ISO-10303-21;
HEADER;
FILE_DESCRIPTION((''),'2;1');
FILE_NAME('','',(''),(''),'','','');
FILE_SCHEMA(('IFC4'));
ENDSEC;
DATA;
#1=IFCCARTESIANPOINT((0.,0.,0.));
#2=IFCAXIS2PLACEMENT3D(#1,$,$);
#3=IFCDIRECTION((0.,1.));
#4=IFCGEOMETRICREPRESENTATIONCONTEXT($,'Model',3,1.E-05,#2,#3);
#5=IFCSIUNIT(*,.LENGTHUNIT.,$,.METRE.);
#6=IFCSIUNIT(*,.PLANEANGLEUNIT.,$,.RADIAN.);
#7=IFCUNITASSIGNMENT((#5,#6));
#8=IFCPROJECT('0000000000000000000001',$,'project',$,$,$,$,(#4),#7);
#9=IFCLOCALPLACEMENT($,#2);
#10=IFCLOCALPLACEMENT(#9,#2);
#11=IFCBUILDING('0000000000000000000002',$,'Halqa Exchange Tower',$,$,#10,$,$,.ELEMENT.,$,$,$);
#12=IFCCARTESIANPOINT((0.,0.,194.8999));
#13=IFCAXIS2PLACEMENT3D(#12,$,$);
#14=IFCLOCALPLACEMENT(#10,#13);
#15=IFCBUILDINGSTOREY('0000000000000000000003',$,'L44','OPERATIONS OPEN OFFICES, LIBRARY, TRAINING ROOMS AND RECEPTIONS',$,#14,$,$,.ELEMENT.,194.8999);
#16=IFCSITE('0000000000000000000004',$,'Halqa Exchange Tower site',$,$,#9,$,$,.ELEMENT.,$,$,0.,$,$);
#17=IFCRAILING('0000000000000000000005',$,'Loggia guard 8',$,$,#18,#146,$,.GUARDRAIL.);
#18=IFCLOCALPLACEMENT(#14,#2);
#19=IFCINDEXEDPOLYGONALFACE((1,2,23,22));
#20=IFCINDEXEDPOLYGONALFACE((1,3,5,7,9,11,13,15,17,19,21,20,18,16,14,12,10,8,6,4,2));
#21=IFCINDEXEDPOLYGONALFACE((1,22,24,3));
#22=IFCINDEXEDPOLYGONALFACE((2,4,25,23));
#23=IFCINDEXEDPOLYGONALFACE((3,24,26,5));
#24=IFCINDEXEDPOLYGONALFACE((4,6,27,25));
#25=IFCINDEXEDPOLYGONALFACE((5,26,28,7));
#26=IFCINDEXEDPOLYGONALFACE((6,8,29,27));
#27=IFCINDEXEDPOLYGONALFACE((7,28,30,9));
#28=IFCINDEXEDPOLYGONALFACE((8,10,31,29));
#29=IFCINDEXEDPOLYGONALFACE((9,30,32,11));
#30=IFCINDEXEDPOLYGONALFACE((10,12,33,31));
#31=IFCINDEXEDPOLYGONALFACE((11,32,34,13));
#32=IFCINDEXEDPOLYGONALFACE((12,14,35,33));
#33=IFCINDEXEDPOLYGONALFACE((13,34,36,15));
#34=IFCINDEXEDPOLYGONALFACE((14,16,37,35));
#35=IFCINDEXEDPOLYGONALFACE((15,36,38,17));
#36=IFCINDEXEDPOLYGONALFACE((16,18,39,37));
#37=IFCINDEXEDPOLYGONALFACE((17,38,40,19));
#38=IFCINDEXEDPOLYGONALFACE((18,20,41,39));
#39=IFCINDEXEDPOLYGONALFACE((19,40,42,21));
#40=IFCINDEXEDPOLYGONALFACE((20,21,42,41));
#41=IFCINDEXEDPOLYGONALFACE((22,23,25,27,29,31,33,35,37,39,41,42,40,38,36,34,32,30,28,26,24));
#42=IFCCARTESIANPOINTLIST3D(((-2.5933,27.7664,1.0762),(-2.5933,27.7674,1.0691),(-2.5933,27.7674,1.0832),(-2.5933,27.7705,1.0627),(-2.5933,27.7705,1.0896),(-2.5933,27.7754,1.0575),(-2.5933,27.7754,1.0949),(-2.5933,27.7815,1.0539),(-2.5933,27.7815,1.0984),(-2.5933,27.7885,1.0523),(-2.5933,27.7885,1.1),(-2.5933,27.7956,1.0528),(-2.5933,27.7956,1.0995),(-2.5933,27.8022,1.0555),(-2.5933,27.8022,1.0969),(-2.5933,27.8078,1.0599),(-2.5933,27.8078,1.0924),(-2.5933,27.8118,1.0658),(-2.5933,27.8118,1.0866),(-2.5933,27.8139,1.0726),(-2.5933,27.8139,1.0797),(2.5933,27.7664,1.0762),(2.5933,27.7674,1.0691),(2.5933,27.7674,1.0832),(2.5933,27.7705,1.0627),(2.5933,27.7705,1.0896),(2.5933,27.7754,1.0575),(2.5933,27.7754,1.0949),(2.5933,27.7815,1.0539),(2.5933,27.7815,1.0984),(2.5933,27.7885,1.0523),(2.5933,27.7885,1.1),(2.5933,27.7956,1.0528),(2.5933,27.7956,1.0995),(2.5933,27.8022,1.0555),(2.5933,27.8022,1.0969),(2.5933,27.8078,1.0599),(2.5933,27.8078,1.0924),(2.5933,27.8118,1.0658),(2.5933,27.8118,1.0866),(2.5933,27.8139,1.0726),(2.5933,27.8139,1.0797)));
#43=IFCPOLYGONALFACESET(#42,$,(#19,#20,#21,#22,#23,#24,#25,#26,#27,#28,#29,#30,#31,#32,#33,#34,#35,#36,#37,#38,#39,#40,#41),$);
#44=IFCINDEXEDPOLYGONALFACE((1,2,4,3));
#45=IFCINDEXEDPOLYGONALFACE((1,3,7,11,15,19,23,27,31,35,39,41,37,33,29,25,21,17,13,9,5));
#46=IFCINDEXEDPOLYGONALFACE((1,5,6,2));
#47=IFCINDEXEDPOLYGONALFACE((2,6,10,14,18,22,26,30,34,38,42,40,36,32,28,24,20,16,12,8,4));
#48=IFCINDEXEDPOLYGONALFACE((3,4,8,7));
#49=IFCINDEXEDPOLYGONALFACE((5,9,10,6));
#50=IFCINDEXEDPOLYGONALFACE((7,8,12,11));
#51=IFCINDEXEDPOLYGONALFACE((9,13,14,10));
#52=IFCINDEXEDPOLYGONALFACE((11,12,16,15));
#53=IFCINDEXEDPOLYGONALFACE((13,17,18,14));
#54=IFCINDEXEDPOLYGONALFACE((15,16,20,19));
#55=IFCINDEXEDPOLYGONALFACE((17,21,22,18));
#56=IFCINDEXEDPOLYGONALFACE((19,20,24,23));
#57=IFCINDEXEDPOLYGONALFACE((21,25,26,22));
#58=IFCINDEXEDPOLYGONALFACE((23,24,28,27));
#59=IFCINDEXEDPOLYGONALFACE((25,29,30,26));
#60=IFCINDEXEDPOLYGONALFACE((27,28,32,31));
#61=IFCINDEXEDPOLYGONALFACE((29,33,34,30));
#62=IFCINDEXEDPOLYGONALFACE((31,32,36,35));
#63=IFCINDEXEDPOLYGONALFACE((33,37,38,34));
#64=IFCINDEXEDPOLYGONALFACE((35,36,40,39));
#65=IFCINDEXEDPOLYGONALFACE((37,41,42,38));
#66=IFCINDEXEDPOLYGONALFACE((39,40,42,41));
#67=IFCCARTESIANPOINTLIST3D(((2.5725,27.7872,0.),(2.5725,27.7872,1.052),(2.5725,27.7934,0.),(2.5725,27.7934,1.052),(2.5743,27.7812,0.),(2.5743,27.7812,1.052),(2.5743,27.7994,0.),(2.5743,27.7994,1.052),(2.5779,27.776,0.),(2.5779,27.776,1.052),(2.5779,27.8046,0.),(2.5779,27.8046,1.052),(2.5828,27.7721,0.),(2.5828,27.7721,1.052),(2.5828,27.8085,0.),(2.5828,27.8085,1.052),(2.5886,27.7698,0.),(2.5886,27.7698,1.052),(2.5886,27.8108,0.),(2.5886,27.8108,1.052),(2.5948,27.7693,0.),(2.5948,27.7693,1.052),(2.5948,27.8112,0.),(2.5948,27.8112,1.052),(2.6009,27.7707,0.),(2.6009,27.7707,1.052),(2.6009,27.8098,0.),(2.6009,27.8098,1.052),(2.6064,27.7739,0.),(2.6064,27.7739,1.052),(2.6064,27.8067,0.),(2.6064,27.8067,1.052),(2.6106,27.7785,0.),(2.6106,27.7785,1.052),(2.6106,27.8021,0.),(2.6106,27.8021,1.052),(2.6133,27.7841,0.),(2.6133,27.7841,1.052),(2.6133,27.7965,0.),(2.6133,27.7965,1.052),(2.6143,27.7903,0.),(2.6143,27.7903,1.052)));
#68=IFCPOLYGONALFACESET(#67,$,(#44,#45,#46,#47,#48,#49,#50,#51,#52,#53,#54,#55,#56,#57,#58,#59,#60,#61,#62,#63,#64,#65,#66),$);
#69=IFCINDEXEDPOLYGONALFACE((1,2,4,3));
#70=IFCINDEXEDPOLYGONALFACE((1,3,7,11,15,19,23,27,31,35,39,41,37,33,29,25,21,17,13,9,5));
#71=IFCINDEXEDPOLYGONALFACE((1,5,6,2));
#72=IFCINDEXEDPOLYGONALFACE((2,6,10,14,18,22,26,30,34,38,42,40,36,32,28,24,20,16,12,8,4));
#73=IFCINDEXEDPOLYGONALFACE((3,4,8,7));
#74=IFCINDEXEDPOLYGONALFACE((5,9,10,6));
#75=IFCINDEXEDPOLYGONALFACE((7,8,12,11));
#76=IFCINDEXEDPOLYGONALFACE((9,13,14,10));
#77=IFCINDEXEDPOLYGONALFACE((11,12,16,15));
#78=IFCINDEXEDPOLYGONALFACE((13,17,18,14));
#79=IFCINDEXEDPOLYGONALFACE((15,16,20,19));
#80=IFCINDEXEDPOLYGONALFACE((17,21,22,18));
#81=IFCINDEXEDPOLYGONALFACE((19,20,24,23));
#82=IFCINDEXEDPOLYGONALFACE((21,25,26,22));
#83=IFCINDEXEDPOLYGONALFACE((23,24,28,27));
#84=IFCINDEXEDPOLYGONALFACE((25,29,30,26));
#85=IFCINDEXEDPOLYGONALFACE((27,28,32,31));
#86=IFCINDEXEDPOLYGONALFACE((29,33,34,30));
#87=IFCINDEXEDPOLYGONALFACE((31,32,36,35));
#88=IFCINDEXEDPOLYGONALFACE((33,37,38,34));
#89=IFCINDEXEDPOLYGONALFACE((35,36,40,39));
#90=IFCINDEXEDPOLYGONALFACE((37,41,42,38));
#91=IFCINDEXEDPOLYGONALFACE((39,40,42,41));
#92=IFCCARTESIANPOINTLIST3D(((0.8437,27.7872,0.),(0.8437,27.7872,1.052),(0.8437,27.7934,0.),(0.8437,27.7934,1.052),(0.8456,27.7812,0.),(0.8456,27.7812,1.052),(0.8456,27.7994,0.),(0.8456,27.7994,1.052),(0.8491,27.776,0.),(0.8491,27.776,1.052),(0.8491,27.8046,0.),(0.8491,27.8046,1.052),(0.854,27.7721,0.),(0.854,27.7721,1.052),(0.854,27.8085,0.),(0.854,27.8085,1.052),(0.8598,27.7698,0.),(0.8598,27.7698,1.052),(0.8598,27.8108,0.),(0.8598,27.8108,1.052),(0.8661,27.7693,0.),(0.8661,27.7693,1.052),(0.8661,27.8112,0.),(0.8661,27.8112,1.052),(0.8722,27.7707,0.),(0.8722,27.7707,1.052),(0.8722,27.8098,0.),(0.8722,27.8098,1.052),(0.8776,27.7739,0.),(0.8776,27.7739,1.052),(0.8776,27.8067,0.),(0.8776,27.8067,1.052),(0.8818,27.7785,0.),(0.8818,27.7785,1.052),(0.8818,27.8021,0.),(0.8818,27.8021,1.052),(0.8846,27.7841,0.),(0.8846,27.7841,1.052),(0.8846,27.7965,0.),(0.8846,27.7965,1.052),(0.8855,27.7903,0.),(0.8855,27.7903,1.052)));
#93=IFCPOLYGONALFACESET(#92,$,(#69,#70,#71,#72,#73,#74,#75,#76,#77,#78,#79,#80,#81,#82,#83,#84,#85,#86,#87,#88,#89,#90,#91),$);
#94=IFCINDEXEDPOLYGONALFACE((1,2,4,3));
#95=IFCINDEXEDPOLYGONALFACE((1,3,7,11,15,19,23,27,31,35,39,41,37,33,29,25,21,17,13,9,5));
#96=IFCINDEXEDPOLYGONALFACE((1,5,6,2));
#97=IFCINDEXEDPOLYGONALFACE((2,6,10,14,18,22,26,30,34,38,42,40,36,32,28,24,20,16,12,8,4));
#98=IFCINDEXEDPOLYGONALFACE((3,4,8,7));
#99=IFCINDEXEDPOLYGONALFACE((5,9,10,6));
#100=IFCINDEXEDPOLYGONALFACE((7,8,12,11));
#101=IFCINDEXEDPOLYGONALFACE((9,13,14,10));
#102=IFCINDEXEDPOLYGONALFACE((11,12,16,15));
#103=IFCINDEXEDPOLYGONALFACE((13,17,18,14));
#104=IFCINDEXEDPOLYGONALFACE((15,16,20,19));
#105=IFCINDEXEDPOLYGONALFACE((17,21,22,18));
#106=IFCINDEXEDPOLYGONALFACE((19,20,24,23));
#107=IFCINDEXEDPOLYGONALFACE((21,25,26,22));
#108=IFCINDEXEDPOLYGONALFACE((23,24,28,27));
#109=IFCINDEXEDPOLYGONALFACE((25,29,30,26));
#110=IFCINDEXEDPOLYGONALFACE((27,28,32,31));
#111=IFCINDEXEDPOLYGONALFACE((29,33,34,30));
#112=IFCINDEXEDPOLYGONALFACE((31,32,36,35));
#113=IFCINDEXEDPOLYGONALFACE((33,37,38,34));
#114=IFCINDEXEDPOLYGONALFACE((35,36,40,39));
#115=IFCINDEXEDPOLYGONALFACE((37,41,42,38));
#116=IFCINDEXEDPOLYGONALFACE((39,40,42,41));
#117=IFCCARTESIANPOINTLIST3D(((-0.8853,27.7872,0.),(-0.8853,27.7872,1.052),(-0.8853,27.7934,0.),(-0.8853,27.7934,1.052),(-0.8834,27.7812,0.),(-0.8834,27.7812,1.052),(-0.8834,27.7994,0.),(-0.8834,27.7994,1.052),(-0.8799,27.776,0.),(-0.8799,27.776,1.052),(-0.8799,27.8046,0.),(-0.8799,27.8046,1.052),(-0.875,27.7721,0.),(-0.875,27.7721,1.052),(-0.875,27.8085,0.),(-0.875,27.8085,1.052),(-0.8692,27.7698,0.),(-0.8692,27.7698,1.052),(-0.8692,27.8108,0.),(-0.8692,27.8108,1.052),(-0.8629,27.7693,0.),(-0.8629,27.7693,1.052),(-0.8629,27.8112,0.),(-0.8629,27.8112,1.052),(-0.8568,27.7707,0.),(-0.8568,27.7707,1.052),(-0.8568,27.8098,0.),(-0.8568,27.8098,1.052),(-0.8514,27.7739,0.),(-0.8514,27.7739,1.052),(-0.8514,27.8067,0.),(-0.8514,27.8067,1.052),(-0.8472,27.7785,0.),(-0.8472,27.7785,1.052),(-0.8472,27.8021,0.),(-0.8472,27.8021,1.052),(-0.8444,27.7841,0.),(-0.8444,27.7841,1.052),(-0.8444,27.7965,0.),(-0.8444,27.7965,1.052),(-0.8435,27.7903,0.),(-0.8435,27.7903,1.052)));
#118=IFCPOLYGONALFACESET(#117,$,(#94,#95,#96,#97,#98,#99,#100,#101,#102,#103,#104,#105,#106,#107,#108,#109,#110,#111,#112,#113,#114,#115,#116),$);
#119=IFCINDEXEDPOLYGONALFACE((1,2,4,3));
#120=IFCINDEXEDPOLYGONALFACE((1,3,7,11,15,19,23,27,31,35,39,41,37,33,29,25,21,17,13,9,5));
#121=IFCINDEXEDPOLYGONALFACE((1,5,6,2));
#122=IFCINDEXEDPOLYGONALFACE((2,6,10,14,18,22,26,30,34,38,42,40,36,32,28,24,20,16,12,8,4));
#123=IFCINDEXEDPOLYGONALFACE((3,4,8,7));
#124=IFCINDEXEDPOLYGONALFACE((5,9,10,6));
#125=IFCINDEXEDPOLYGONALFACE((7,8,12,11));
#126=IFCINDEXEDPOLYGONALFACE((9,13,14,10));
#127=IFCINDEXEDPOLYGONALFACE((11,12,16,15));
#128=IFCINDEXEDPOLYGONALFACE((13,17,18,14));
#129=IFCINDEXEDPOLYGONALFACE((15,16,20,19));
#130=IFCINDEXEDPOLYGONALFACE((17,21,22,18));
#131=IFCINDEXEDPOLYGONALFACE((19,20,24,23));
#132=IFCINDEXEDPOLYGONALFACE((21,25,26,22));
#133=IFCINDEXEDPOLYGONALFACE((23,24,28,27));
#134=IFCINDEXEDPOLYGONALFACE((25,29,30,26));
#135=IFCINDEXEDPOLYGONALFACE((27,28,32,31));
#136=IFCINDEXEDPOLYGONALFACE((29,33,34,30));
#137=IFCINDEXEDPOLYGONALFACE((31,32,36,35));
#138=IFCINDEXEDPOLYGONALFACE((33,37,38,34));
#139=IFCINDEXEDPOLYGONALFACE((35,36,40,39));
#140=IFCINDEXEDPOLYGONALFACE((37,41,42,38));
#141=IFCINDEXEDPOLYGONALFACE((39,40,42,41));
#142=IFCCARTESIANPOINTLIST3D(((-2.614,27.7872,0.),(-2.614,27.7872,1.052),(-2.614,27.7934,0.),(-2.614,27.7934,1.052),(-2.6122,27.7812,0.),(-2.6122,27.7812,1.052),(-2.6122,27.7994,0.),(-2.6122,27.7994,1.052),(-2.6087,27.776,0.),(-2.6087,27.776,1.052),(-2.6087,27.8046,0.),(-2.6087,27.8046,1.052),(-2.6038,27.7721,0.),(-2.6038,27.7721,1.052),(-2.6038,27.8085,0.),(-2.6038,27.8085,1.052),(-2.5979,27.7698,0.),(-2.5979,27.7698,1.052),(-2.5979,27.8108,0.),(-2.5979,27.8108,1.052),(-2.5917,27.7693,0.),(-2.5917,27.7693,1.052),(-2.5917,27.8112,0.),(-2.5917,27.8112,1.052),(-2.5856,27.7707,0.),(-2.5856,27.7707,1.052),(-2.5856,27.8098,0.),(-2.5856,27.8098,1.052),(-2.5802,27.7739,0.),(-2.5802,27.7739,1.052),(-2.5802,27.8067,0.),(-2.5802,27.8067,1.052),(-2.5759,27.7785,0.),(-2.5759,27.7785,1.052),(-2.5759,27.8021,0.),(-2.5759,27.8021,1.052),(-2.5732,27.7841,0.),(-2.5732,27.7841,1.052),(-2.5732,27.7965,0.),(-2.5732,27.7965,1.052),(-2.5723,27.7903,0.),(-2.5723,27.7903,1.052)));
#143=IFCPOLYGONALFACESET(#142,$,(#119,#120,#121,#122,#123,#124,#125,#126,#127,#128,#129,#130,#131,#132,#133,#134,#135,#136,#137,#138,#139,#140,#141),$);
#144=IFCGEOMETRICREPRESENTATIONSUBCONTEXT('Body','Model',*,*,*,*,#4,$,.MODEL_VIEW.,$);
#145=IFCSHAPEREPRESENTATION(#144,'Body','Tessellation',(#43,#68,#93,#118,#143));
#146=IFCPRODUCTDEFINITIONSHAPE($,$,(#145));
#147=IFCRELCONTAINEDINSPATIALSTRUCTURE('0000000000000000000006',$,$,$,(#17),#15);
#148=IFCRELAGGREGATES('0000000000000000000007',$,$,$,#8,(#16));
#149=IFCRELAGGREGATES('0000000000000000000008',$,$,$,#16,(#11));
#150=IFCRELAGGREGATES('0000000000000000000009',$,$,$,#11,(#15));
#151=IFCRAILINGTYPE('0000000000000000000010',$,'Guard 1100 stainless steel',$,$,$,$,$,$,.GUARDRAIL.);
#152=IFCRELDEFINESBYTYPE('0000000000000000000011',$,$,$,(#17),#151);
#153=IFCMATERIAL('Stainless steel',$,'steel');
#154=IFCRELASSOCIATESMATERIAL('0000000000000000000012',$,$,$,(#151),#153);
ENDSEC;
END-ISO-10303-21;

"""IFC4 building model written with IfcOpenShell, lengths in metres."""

from ifc_helpers import new_model, si_unit, direction, frame, origin, origin_2d, place, context, subcontext, project, spatial, circle, extrude, material, type_object, element, save


model = new_model("IFC4")

# Units and contexts
model_context = context("Model", 3, precision=1e-05, world=origin(), true_north=direction((0.0, 1.0)))
body_context = subcontext(model_context, "Body", "Model", "MODEL_VIEW")
ifc_project = project(units=[si_unit("LENGTHUNIT", "METRE"), si_unit("PLANEANGLEUNIT", "RADIAN")], contexts=[model_context])

# Site, building, storey
site_placement = place(None, origin())
site = spatial("IfcSite", under=ifc_project, at=site_placement, Name="Halqa Exchange Tower site", CompositionType="ELEMENT", RefElevation=0.0)
building_placement = place(site_placement, origin())
building = spatial("IfcBuilding", under=site, at=building_placement, Name="Halqa Exchange Tower", CompositionType="ELEMENT")
storey_placement = place(building_placement, frame((0.0, 0.0, 194.8999)))
storey = spatial("IfcBuildingStorey", under=building, at=storey_placement, Name="L44", Description="OPERATIONS OPEN OFFICES, LIBRARY, TRAINING ROOMS AND RECEPTIONS", CompositionType="ELEMENT", Elevation=194.8999)

# Railing
ifc_material_1 = material(Name="Stainless steel", Category="steel")
railing_type_1 = type_object("IfcRailingType", Name="Guard 1100 stainless steel", PredefinedType="GUARDRAIL", material=ifc_material_1)
railing_1_placement = place(storey_placement, frame((2.5933, 27.7903, 0.0)))
element("IfcRailing", 1, at=railing_1_placement, inside=storey, type_object=railing_type_1, Name="Loggia guard 8", PredefinedType="GUARDRAIL", context=body_context, shape_type="SweptSolid", body=[
    extrude(circle(Radius=0.0239, at=origin_2d()), frame((0.0, 0.0, 1.0762), z_axis=(-1.0, 0.0, 0.0), x_axis=(0.0, -1.0, 0.0)), (0.0, 0.0, 1.0), 5.1865),
    extrude(circle(Radius=0.021, at=origin_2d()), origin(), (0.0, 0.0, 1.0), 1.052),
    extrude(circle(Radius=0.021, at=origin_2d()), frame((-1.7288, 0.0, 0.0)), (0.0, 0.0, 1.0), 1.052),
    extrude(circle(Radius=0.021, at=origin_2d()), frame((-3.4578, 0.0, 0.0)), (0.0, 0.0, 1.0), 1.052),
    extrude(circle(Radius=0.021, at=origin_2d()), frame((-5.1865, 0.0, 0.0)), (0.0, 0.0, 1.0), 1.052),
])

save(model, "model.ifc")
